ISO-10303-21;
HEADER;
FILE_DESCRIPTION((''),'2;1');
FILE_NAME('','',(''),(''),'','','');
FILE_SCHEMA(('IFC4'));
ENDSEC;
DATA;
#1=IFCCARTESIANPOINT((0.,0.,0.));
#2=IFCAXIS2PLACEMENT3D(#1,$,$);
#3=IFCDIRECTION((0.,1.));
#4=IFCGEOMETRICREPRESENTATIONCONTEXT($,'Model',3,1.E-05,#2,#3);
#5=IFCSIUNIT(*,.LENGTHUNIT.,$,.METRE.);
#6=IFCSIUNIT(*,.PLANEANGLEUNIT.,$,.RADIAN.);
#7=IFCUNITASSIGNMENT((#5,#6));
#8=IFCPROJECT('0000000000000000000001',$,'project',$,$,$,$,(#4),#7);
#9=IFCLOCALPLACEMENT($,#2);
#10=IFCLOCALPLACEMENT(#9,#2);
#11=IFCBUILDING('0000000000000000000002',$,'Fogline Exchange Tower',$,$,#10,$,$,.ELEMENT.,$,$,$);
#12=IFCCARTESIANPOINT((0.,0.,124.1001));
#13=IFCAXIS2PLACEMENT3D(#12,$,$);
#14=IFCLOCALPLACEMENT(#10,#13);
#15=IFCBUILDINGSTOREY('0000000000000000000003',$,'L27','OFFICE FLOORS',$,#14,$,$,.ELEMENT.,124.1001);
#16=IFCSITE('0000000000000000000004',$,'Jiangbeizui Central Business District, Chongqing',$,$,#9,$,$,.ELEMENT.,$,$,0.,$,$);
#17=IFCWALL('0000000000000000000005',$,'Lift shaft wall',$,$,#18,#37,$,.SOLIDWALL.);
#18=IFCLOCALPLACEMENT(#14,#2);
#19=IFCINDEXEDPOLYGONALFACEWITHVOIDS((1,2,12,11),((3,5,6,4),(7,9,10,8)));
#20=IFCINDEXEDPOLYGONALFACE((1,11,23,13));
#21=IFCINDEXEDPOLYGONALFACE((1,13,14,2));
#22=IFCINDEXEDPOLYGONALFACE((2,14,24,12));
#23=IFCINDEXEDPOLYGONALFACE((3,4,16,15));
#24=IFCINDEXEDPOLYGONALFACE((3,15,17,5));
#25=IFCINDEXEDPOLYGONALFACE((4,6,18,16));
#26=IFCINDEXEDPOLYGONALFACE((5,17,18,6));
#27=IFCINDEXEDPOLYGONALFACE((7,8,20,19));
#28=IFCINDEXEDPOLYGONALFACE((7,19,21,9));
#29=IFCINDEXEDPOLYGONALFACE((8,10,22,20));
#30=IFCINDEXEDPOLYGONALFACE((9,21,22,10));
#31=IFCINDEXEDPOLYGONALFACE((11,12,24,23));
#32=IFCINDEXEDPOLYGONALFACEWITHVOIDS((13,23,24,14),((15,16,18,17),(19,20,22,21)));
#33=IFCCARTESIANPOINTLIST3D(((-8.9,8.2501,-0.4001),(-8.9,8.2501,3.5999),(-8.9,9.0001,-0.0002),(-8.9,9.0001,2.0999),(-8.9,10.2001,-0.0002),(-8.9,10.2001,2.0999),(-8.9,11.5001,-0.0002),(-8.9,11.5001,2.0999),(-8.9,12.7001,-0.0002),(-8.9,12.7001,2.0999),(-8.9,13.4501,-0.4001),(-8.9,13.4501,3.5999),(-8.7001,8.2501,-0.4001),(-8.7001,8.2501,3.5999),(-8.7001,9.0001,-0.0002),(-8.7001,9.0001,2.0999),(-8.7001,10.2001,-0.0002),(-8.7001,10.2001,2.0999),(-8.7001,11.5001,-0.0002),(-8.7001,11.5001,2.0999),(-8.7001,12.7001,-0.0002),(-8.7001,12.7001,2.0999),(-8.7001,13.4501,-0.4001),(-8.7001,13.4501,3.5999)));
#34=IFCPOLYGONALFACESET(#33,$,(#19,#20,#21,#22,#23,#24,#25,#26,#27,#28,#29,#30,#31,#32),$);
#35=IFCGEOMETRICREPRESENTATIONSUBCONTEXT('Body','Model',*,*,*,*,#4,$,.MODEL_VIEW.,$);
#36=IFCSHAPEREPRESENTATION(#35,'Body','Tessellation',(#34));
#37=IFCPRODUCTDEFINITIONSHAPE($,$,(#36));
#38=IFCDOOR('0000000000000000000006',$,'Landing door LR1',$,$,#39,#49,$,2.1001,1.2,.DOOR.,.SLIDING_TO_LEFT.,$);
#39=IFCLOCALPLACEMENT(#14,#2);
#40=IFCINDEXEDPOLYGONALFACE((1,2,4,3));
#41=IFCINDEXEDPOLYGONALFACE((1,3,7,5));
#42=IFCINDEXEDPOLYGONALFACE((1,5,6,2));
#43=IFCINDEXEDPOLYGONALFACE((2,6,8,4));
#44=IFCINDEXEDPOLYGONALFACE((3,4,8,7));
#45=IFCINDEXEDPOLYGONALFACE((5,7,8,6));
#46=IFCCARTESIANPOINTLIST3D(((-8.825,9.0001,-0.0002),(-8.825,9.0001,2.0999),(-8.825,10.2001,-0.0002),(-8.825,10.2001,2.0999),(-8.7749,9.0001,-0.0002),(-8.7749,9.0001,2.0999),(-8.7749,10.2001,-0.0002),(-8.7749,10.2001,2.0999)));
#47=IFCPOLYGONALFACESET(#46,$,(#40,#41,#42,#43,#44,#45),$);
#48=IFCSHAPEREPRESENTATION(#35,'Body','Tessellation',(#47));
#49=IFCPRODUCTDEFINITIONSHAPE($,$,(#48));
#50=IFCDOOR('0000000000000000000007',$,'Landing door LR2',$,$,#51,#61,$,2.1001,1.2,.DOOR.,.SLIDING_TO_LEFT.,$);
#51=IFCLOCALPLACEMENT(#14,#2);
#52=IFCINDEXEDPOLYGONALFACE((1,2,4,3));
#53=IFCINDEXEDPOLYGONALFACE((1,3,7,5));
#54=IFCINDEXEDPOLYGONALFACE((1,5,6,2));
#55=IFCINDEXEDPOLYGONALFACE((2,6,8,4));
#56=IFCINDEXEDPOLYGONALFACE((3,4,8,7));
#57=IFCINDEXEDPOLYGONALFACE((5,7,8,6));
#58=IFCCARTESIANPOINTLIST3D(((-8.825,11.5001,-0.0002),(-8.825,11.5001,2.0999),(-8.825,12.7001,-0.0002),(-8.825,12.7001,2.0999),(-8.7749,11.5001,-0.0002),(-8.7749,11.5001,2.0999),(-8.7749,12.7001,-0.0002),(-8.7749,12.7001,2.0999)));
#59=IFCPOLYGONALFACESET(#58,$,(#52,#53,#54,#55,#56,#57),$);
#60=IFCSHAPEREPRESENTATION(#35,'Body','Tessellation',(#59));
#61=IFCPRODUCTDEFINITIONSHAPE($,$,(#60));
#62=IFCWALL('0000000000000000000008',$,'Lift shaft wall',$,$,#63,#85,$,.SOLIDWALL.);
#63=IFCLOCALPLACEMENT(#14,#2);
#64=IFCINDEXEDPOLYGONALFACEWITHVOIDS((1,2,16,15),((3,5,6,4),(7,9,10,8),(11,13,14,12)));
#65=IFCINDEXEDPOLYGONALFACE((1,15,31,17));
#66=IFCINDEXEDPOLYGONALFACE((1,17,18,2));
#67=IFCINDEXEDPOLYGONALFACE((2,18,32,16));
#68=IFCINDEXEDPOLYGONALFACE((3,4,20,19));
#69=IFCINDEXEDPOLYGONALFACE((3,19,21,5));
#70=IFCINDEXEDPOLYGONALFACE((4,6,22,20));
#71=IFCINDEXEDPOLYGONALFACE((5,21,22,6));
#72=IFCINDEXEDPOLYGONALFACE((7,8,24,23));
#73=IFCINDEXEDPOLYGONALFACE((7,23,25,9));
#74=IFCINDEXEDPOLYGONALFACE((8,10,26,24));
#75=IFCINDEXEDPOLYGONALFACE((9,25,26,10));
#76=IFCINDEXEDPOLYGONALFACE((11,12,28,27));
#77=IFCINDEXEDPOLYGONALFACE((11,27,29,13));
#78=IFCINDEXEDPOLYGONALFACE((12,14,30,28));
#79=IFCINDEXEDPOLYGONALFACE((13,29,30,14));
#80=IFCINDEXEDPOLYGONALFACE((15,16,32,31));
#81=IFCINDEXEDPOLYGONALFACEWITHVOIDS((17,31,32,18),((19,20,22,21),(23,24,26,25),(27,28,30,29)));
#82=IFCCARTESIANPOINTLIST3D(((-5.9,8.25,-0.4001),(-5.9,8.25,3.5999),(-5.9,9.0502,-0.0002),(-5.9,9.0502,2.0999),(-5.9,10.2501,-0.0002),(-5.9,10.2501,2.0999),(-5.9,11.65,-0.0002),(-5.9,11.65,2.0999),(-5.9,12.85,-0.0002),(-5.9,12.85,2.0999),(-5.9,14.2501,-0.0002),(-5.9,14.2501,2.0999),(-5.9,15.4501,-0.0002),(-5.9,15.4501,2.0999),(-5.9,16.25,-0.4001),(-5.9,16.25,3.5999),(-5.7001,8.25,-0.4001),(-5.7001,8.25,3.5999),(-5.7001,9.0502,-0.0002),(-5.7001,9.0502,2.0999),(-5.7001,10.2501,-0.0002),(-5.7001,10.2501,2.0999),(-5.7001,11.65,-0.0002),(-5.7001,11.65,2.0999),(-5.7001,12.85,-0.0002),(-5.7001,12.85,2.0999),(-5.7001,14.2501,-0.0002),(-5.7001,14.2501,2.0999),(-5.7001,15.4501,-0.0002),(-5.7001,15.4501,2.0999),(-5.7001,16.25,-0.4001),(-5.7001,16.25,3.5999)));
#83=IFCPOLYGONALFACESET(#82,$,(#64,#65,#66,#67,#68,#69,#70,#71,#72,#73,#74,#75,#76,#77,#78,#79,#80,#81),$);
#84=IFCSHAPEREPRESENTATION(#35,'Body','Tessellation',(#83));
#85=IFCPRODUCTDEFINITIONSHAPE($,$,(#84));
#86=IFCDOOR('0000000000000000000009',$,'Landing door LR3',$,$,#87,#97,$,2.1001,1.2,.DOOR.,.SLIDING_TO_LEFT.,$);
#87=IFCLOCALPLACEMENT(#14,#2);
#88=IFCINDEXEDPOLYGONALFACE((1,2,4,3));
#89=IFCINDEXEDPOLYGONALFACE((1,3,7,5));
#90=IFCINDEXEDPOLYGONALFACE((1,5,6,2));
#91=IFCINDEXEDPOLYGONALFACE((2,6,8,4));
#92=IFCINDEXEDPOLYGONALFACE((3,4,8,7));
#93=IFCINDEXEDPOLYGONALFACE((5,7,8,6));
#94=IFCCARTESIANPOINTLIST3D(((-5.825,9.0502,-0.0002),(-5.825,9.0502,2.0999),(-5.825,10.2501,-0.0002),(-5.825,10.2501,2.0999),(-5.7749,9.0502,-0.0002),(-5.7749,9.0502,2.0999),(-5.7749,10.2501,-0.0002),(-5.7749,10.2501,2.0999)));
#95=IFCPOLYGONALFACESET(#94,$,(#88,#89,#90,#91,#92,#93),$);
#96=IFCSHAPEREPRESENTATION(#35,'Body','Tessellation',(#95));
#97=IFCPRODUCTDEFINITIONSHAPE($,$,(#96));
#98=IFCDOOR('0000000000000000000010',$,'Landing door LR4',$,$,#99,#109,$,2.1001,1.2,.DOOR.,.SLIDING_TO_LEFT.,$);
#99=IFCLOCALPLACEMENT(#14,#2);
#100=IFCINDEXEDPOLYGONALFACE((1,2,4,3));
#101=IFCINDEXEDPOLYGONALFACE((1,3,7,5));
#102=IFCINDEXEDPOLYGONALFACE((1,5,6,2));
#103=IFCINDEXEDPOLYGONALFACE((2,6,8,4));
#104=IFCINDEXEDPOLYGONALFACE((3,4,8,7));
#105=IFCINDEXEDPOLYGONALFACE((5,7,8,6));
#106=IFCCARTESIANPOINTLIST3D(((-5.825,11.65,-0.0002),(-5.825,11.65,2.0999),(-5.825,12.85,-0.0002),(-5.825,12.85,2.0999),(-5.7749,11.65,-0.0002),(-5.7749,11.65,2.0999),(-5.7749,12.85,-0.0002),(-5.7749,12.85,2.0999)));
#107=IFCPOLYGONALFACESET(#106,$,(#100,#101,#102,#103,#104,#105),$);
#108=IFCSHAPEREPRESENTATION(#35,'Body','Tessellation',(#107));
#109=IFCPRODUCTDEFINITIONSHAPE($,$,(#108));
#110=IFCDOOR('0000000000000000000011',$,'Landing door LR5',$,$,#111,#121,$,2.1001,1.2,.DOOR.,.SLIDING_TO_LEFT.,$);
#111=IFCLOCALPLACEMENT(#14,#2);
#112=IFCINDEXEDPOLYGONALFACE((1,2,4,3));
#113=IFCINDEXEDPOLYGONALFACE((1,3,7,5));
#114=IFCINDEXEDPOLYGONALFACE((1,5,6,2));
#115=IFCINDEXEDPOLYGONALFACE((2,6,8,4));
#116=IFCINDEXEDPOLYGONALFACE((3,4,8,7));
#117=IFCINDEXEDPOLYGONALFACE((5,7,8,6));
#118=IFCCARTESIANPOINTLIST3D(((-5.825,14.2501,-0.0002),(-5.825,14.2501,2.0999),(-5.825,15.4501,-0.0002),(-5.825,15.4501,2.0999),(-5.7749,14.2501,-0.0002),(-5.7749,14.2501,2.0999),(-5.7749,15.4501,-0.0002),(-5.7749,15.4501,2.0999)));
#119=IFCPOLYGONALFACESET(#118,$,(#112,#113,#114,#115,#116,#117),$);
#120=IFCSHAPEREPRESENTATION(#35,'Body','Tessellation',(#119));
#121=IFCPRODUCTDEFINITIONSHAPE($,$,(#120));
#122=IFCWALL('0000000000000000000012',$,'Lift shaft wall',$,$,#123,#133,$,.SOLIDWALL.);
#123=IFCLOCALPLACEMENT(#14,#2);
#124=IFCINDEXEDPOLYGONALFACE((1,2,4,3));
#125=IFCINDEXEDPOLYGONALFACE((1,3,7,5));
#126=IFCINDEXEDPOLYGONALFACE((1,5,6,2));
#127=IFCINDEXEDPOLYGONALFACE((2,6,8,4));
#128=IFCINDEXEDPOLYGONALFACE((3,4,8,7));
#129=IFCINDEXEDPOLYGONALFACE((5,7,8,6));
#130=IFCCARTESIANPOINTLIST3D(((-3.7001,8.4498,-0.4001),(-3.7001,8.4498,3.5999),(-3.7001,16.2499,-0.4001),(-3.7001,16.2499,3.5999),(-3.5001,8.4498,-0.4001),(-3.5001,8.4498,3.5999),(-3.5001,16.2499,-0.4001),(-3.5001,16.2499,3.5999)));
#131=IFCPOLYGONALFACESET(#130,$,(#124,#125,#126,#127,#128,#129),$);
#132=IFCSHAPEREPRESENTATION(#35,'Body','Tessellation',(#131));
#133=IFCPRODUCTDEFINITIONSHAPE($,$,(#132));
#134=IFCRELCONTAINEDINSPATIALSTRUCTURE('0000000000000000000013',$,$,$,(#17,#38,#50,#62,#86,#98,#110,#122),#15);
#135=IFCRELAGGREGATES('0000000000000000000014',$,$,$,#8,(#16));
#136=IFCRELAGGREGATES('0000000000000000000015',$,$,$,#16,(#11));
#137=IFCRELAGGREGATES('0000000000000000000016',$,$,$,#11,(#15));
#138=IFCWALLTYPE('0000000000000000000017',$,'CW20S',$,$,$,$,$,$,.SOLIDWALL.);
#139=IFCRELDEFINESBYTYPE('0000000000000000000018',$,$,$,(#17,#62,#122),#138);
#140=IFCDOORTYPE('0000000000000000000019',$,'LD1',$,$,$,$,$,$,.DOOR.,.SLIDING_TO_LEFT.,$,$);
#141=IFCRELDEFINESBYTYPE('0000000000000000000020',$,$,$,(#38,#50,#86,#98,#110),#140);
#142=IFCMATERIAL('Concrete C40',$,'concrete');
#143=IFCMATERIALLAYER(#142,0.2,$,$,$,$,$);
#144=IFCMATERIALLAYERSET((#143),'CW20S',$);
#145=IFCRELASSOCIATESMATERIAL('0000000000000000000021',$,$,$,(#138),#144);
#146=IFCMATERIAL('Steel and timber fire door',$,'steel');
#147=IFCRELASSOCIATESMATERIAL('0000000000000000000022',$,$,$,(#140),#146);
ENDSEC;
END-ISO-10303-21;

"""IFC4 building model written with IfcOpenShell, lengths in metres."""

from ifc_helpers import new_model, si_unit, direction, frame, frame_2d, origin, place, context, subcontext, project, spatial, rectangle, extrude, material, layer, layer_set, type_object, element, fill, save


model = new_model("IFC4")

# Units and contexts
model_context = context("Model", 3, precision=1e-05, world=origin(), true_north=direction((0.0, 1.0)))
body_context = subcontext(model_context, "Body", "Model", "MODEL_VIEW")
ifc_project = project(units=[si_unit("LENGTHUNIT", "METRE"), si_unit("PLANEANGLEUNIT", "RADIAN")], contexts=[model_context])

# Site, building, storey
site_placement = place(None, origin())
site = spatial("IfcSite", under=ifc_project, at=site_placement, Name="Jiangbeizui Central Business District, Chongqing", CompositionType="ELEMENT", RefElevation=0.0)
building_placement = place(site_placement, origin())
building = spatial("IfcBuilding", under=site, at=building_placement, Name="Fogline Exchange Tower", CompositionType="ELEMENT")
storey_placement = place(building_placement, frame((0.0, 0.0, 124.1001)))
storey = spatial("IfcBuildingStorey", under=building, at=storey_placement, Name="L27", Description="OFFICE FLOORS", CompositionType="ELEMENT", Elevation=124.1001)

# Shared definitions
ifc_material_1 = material(Name="Steel and timber fire door", Category="steel")

# Shared definitions
ifc_material_2 = material(Name="Concrete C40", Category="concrete")

# Walls, openings, doors
ifc_layer_1 = layer(ifc_material_2, 0.2)
ifc_layer_set_1 = layer_set([ifc_layer_1], Name="CW20S")
wall_type_1 = type_object("IfcWallType", Name="CW20S", PredefinedType="SOLIDWALL", material=ifc_layer_set_1)
wall_1_placement = place(storey_placement, frame((-8.8, 8.25, -0.4001), z_axis=(0.0, 0.0, 1.0), x_axis=(0.0, 1.0, 0.0)))
wall_1 = element("IfcWall", 1, at=wall_1_placement, inside=storey, type_object=wall_type_1, Name="Lift shaft wall", PredefinedType="SOLIDWALL", context=body_context, shape_type="SweptSolid", body=[
    extrude(rectangle(XDim=5.2, YDim=0.2, at=frame_2d((2.6001, 0.0))), origin(), (0.0, 0.0, 1.0), 4.0),
])
opening_1_placement = place(wall_1_placement, frame((0.75, 0.0, 0.3999)))
opening_1 = element("IfcOpeningElement", 2, at=opening_1_placement, cuts=wall_1, PredefinedType="OPENING", context=body_context, shape_type="SweptSolid", body=[
    extrude(rectangle(XDim=1.2, YDim=2.1001, at=frame_2d((0.6001, 1.05))), frame((0.0, 0.1099, 0.0), z_axis=(0.0, -1.0, 0.0), x_axis=(1.0, 0.0, 0.0)), (0.0, 0.0, 1.0), 0.22),
])
opening_2_placement = place(wall_1_placement, frame((3.25, 0.0, 0.3999)))
opening_2 = element("IfcOpeningElement", 3, at=opening_2_placement, cuts=wall_1, PredefinedType="OPENING", context=body_context, shape_type="SweptSolid", body=[
    extrude(rectangle(XDim=1.2, YDim=2.1001, at=frame_2d((0.6001, 1.05))), frame((0.0, 0.1099, 0.0), z_axis=(0.0, -1.0, 0.0), x_axis=(1.0, 0.0, 0.0)), (0.0, 0.0, 1.0), 0.22),
])
door_type_1 = type_object("IfcDoorType", Name="LD1", OperationType="SLIDING_TO_LEFT", PredefinedType="DOOR", material=ifc_material_1)
door_1_placement = place(opening_1_placement, origin())
door_1 = element("IfcDoor", 4, at=door_1_placement, inside=storey, type_object=door_type_1, Name="Landing door LR1", OperationType="SLIDING_TO_LEFT", OverallHeight=2.1001, OverallWidth=1.2, PredefinedType="DOOR", context=body_context, shape_type="SweptSolid", body=[
    extrude(rectangle(XDim=1.2, YDim=2.1001, at=frame_2d((0.6001, 1.05))), frame((0.0, 0.0249, 0.0), z_axis=(0.0, -1.0, 0.0), x_axis=(1.0, 0.0, 0.0)), (0.0, 0.0, 1.0), 0.05),
])
fill(opening_1, door_1)
door_2_placement = place(opening_2_placement, origin())
door_2 = element("IfcDoor", 5, at=door_2_placement, inside=storey, type_object=door_type_1, Name="Landing door LR2", OperationType="SLIDING_TO_LEFT", OverallHeight=2.1001, OverallWidth=1.2, PredefinedType="DOOR", context=body_context, shape_type="SweptSolid", body=[
    extrude(rectangle(XDim=1.2, YDim=2.1001, at=frame_2d((0.6001, 1.05))), frame((0.0, 0.0249, 0.0), z_axis=(0.0, -1.0, 0.0), x_axis=(1.0, 0.0, 0.0)), (0.0, 0.0, 1.0), 0.05),
])
fill(opening_2, door_2)
wall_2_placement = place(storey_placement, frame((-5.8, 8.25, -0.4001), z_axis=(0.0, 0.0, 1.0), x_axis=(0.0, 1.0, 0.0)))
wall_2 = element("IfcWall", 6, at=wall_2_placement, inside=storey, type_object=wall_type_1, Name="Lift shaft wall", PredefinedType="SOLIDWALL", context=body_context, shape_type="SweptSolid", body=[
    extrude(rectangle(XDim=8.0, YDim=0.2, at=frame_2d((4.0, 0.0))), origin(), (0.0, 0.0, 1.0), 4.0),
])
opening_3_placement = place(wall_2_placement, frame((0.8, 0.0, 0.3999)))
opening_3 = element("IfcOpeningElement", 7, at=opening_3_placement, cuts=wall_2, PredefinedType="OPENING", context=body_context, shape_type="SweptSolid", body=[
    extrude(rectangle(XDim=1.2, YDim=2.1001, at=frame_2d((0.6001, 1.05))), frame((0.0, 0.1099, 0.0), z_axis=(0.0, -1.0, 0.0), x_axis=(1.0, 0.0, 0.0)), (0.0, 0.0, 1.0), 0.22),
])
opening_4_placement = place(wall_2_placement, frame((3.3999, 0.0, 0.3999)))
opening_4 = element("IfcOpeningElement", 8, at=opening_4_placement, cuts=wall_2, PredefinedType="OPENING", context=body_context, shape_type="SweptSolid", body=[
    extrude(rectangle(XDim=1.2, YDim=2.1001, at=frame_2d((0.6001, 1.05))), frame((0.0, 0.1099, 0.0), z_axis=(0.0, -1.0, 0.0), x_axis=(1.0, 0.0, 0.0)), (0.0, 0.0, 1.0), 0.22),
])
opening_5_placement = place(wall_2_placement, frame((6.0, 0.0, 0.3999)))
opening_5 = element("IfcOpeningElement", 9, at=opening_5_placement, cuts=wall_2, PredefinedType="OPENING", context=body_context, shape_type="SweptSolid", body=[
    extrude(rectangle(XDim=1.2, YDim=2.1001, at=frame_2d((0.6001, 1.05))), frame((0.0, 0.1099, 0.0), z_axis=(0.0, -1.0, 0.0), x_axis=(1.0, 0.0, 0.0)), (0.0, 0.0, 1.0), 0.22),
])
door_3_placement = place(opening_3_placement, origin())
door_3 = element("IfcDoor", 10, at=door_3_placement, inside=storey, type_object=door_type_1, Name="Landing door LR3", OperationType="SLIDING_TO_LEFT", OverallHeight=2.1001, OverallWidth=1.2, PredefinedType="DOOR", context=body_context, shape_type="SweptSolid", body=[
    extrude(rectangle(XDim=1.2, YDim=2.1001, at=frame_2d((0.6001, 1.05))), frame((0.0, 0.0249, 0.0), z_axis=(0.0, -1.0, 0.0), x_axis=(1.0, 0.0, 0.0)), (0.0, 0.0, 1.0), 0.05),
])
fill(opening_3, door_3)
door_4_placement = place(opening_4_placement, origin())
door_4 = element("IfcDoor", 11, at=door_4_placement, inside=storey, type_object=door_type_1, Name="Landing door LR4", OperationType="SLIDING_TO_LEFT", OverallHeight=2.1001, OverallWidth=1.2, PredefinedType="DOOR", context=body_context, shape_type="SweptSolid", body=[
    extrude(rectangle(XDim=1.2, YDim=2.1001, at=frame_2d((0.6001, 1.05))), frame((0.0, 0.0249, 0.0), z_axis=(0.0, -1.0, 0.0), x_axis=(1.0, 0.0, 0.0)), (0.0, 0.0, 1.0), 0.05),
])
fill(opening_4, door_4)
door_5_placement = place(opening_5_placement, origin())
door_5 = element("IfcDoor", 12, at=door_5_placement, inside=storey, type_object=door_type_1, Name="Landing door LR5", OperationType="SLIDING_TO_LEFT", OverallHeight=2.1001, OverallWidth=1.2, PredefinedType="DOOR", context=body_context, shape_type="SweptSolid", body=[
    extrude(rectangle(XDim=1.2, YDim=2.1001, at=frame_2d((0.6001, 1.05))), frame((0.0, 0.0249, 0.0), z_axis=(0.0, -1.0, 0.0), x_axis=(1.0, 0.0, 0.0)), (0.0, 0.0, 1.0), 0.05),
])
fill(opening_5, door_5)

# Wall
wall_3_placement = place(storey_placement, frame((-3.6001, 8.45, -0.4001), z_axis=(0.0, 0.0, 1.0), x_axis=(0.0, 1.0, 0.0)))
element("IfcWall", 13, at=wall_3_placement, inside=storey, type_object=wall_type_1, Name="Lift shaft wall", PredefinedType="SOLIDWALL", context=body_context, shape_type="SweptSolid", body=[
    extrude(rectangle(XDim=7.8, YDim=0.2, at=frame_2d((3.8999, 0.0))), origin(), (0.0, 0.0, 1.0), 4.0),
])

save(model, "model.ifc")
